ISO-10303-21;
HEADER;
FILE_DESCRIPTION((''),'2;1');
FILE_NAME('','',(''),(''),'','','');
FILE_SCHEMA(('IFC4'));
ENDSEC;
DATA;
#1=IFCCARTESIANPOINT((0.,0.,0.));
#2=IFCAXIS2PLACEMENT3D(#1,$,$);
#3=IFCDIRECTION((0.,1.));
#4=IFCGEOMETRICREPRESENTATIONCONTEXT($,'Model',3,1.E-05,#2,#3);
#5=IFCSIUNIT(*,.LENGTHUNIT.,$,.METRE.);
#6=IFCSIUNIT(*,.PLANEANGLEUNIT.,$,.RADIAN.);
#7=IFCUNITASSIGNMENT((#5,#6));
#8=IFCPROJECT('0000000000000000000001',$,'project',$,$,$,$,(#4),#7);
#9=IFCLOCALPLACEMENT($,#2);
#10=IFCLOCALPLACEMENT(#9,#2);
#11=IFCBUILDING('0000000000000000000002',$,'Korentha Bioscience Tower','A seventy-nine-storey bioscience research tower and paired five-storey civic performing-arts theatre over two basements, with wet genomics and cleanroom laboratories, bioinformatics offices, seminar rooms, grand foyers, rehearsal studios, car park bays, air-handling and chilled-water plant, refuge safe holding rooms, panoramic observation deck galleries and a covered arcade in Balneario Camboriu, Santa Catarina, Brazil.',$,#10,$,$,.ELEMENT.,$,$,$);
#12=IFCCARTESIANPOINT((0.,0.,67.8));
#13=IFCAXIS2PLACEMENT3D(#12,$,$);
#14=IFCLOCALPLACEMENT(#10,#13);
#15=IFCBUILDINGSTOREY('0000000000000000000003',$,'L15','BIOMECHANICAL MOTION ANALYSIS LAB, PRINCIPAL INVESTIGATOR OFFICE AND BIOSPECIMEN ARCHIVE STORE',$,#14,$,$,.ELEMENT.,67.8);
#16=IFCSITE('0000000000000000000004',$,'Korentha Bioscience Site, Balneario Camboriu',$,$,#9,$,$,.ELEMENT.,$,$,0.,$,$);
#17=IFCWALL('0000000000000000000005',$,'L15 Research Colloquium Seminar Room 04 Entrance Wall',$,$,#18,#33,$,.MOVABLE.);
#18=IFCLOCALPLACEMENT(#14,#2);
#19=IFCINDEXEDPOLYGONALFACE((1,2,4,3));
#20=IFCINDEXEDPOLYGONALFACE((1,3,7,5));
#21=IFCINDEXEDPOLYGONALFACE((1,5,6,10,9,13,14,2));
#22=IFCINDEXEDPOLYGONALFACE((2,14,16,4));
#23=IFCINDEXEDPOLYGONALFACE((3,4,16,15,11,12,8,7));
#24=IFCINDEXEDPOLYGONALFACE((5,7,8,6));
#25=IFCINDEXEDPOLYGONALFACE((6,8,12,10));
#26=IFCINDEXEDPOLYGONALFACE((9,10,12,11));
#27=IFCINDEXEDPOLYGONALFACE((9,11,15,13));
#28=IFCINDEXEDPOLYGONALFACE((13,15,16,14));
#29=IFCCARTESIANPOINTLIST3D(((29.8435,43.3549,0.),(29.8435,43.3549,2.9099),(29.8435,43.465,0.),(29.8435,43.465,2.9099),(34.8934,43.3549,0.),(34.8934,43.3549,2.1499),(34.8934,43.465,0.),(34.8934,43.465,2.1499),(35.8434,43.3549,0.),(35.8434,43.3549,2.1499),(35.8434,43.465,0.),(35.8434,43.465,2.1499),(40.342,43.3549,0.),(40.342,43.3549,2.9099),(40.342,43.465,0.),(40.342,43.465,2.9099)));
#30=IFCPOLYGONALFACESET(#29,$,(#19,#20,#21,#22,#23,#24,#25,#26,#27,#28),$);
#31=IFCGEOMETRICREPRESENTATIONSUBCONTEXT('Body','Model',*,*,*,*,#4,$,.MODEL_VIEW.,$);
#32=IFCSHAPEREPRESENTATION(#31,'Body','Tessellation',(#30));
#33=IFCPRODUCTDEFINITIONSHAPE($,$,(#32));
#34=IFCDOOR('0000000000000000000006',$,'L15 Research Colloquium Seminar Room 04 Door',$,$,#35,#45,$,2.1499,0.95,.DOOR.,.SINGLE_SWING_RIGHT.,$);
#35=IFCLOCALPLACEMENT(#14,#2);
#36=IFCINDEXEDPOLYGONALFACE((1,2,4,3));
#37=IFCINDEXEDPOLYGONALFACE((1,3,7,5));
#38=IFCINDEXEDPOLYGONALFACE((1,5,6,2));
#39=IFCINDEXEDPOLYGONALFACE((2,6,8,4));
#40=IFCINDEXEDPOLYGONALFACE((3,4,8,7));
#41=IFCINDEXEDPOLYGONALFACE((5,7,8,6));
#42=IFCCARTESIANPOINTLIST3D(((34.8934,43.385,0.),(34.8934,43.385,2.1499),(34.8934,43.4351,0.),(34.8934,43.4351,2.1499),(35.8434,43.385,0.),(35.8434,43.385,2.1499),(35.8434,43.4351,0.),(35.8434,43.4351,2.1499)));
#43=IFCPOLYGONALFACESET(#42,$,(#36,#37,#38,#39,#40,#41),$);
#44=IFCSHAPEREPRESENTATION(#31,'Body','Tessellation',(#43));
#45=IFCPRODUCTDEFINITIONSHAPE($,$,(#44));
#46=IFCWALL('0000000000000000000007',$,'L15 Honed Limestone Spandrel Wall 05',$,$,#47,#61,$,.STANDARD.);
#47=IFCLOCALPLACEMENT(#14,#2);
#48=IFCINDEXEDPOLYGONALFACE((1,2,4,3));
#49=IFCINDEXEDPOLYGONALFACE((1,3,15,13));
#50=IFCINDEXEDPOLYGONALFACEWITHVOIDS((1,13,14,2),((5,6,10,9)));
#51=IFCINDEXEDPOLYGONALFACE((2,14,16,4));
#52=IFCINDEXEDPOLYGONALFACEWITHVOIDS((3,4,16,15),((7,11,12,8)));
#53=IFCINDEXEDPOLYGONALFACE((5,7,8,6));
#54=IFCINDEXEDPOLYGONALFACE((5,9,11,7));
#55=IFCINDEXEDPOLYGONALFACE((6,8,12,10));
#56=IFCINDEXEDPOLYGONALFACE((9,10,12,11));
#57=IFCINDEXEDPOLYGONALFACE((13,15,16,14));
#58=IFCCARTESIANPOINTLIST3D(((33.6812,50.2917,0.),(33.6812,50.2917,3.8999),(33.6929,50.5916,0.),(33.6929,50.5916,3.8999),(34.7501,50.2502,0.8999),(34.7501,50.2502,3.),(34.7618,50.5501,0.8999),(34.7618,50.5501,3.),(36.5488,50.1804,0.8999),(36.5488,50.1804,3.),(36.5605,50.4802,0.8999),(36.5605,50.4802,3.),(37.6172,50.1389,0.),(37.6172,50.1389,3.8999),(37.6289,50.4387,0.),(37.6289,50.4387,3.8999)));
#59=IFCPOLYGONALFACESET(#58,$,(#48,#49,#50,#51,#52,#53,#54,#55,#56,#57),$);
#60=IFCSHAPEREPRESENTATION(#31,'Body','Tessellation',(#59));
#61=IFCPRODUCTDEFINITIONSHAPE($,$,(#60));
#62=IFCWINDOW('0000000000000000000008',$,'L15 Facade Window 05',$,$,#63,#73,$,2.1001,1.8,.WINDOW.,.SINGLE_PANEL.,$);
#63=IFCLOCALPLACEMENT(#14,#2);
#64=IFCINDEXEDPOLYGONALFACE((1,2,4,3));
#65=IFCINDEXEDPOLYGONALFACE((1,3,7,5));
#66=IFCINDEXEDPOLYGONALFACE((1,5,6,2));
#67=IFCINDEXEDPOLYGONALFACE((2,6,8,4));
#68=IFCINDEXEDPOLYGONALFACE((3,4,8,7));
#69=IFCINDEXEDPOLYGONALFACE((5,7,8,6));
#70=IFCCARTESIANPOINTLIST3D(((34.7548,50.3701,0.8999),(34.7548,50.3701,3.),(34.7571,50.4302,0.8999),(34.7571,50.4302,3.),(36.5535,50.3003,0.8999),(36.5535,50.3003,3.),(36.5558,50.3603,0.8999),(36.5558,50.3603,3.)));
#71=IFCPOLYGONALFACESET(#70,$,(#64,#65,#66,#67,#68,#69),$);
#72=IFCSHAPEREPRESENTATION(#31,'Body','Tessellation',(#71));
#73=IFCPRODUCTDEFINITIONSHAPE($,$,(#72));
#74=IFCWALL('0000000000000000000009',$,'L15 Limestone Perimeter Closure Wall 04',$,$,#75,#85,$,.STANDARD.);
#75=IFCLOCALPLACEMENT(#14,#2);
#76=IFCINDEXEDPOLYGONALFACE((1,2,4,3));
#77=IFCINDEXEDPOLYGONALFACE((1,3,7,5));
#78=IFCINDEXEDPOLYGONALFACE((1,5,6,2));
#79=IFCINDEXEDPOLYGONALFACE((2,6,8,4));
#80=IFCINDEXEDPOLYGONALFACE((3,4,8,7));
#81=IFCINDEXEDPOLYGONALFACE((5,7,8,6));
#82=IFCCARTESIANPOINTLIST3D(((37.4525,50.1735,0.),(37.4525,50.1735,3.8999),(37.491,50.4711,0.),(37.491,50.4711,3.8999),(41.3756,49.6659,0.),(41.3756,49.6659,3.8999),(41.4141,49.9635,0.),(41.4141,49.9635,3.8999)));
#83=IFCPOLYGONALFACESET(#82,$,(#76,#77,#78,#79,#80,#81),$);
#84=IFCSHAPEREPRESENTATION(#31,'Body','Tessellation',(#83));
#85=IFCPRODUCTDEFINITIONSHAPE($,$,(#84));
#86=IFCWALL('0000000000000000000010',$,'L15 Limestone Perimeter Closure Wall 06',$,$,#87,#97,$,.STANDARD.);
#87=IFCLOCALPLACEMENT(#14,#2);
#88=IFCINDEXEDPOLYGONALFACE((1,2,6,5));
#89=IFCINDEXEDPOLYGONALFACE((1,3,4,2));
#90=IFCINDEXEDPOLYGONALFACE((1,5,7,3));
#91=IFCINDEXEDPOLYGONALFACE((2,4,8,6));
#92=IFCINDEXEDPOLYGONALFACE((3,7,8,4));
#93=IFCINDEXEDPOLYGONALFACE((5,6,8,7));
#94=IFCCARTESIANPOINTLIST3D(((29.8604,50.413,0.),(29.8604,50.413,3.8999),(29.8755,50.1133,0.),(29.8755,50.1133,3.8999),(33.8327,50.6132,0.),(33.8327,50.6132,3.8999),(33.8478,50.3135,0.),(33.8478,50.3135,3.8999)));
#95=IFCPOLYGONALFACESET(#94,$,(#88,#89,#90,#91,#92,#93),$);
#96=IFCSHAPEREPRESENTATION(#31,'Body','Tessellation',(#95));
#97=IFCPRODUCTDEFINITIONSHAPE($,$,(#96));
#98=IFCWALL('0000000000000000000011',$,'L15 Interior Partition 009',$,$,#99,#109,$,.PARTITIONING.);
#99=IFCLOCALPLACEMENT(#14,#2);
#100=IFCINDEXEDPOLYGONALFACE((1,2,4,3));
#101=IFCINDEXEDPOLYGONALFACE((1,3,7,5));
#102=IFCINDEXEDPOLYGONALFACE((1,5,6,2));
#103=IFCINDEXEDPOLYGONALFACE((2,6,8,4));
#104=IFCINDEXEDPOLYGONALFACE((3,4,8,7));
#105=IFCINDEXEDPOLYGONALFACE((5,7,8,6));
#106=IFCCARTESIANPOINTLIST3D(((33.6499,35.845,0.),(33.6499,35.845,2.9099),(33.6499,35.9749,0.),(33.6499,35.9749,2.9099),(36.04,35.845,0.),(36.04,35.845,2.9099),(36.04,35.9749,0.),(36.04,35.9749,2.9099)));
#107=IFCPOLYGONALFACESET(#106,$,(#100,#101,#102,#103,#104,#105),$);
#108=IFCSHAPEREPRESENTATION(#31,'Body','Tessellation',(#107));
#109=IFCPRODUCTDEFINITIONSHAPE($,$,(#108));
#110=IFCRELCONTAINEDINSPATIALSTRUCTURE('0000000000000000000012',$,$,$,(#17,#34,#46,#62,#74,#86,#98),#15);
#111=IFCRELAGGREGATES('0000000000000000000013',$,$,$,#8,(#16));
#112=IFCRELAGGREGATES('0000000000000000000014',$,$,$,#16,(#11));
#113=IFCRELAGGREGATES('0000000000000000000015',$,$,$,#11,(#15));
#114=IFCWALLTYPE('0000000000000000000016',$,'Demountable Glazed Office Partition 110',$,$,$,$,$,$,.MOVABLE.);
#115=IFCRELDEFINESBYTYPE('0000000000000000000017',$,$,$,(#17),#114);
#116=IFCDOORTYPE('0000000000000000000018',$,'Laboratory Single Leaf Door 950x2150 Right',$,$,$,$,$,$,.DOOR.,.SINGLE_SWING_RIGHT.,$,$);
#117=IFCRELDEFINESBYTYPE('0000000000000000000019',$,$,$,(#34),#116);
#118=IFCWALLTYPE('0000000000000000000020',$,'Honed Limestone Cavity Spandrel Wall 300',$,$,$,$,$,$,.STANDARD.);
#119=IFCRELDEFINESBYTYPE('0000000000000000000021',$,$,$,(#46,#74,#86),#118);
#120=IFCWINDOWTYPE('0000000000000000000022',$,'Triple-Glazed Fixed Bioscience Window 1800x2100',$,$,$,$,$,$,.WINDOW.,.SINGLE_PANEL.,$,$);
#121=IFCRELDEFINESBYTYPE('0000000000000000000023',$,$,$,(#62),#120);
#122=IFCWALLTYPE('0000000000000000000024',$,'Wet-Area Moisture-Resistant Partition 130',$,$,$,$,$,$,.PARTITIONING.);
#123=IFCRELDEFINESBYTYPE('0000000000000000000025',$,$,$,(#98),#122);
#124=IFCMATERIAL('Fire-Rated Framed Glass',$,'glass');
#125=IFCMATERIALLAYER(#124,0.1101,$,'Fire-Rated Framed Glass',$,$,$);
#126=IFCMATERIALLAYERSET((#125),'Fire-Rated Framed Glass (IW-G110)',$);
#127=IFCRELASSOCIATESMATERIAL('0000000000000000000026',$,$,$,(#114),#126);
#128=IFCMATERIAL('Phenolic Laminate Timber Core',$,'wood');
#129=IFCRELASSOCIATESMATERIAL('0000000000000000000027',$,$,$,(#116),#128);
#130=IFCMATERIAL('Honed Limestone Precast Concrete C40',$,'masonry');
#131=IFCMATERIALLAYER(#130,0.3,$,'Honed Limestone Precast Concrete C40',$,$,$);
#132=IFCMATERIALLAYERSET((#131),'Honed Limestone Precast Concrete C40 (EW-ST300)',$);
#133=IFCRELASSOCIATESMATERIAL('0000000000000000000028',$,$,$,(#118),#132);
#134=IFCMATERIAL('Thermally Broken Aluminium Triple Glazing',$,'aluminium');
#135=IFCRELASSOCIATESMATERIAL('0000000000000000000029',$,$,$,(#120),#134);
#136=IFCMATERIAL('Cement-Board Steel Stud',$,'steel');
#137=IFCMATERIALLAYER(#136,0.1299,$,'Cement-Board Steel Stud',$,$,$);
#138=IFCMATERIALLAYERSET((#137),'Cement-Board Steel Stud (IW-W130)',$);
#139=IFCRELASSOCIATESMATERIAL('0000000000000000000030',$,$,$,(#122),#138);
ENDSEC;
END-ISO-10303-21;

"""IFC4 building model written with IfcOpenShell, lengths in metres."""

from ifc_helpers import new_model, si_unit, direction, frame, frame_2d, origin, place, context, subcontext, project, spatial, rectangle, extrude, material, layer, layer_set, type_object, element, fill, save


model = new_model("IFC4")

# Units and contexts
model_context = context("Model", 3, precision=1e-05, world=origin(), true_north=direction((0.0, 1.0)))
body_context = subcontext(model_context, "Body", "Model", "MODEL_VIEW")
ifc_project = project(units=[si_unit("LENGTHUNIT", "METRE"), si_unit("PLANEANGLEUNIT", "RADIAN")], contexts=[model_context])

# Site, building, storey
site_placement = place(None, origin())
site = spatial("IfcSite", under=ifc_project, at=site_placement, Name="Korentha Bioscience Site, Balneario Camboriu", CompositionType="ELEMENT", RefElevation=0.0)
building_placement = place(site_placement, origin())
building = spatial("IfcBuilding", under=site, at=building_placement, Name="Korentha Bioscience Tower", Description="A seventy-nine-storey bioscience research tower and paired five-storey civic performing-arts theatre over two basements, with wet genomics and cleanroom laboratories, bioinformatics offices, seminar rooms, grand foyers, rehearsal studios, car park bays, air-handling and chilled-water plant, refuge safe holding rooms, panoramic observation deck galleries and a covered arcade in Balneario Camboriu, Santa Catarina, Brazil.", CompositionType="ELEMENT")
storey_placement = place(building_placement, frame((0.0, 0.0, 67.8)))
storey = spatial("IfcBuildingStorey", under=building, at=storey_placement, Name="L15", Description="BIOMECHANICAL MOTION ANALYSIS LAB, PRINCIPAL INVESTIGATOR OFFICE AND BIOSPECIMEN ARCHIVE STORE", CompositionType="ELEMENT", Elevation=67.8)

# Wall, opening, door
ifc_material_1 = material(Name="Fire-Rated Framed Glass", Category="glass")
ifc_layer_1 = layer(ifc_material_1, 0.1101, Name="Fire-Rated Framed Glass")
ifc_layer_set_1 = layer_set([ifc_layer_1], Name="Fire-Rated Framed Glass (IW-G110)")
wall_type_1 = type_object("IfcWallType", Name="Demountable Glazed Office Partition 110", PredefinedType="MOVABLE", material=ifc_layer_set_1)
wall_1_placement = place(storey_placement, frame((40.342, 43.4099, 0.0), z_axis=(0.0, 0.0, 1.0), x_axis=(-1.0, 0.0, 0.0)))
wall_1 = element("IfcWall", 1, at=wall_1_placement, inside=storey, type_object=wall_type_1, Name="L15 Research Colloquium Seminar Room 04 Entrance Wall", PredefinedType="MOVABLE", context=body_context, shape_type="SweptSolid", body=[
    extrude(rectangle(XDim=10.4985, YDim=0.1101, at=frame_2d((5.2493, 0.0))), origin(), (0.0, 0.0, 1.0), 2.9099),
])
opening_1_placement = place(wall_1_placement, frame((4.4985, 0.0, 0.0)))
opening_1 = element("IfcOpeningElement", 2, at=opening_1_placement, cuts=wall_1, PredefinedType="OPENING", context=body_context, shape_type="SweptSolid", body=[
    extrude(rectangle(XDim=0.95, YDim=2.1499, at=frame_2d((0.4751, 1.075))), frame((0.0, 0.0698, 0.0), z_axis=(0.0, -1.0, 0.0), x_axis=(1.0, 0.0, 0.0)), (0.0, 0.0, 1.0), 0.1399),
])
ifc_material_2 = material(Name="Phenolic Laminate Timber Core", Category="wood")
door_type_1 = type_object("IfcDoorType", Name="Laboratory Single Leaf Door 950x2150 Right", OperationType="SINGLE_SWING_RIGHT", PredefinedType="DOOR", material=ifc_material_2)
door_1_placement = place(opening_1_placement, origin())
door_1 = element("IfcDoor", 3, at=door_1_placement, inside=storey, type_object=door_type_1, Name="L15 Research Colloquium Seminar Room 04 Door", OperationType="SINGLE_SWING_RIGHT", OverallHeight=2.1499, OverallWidth=0.95, PredefinedType="DOOR", context=body_context, shape_type="SweptSolid", body=[
    extrude(rectangle(XDim=0.95, YDim=2.1499, at=frame_2d((0.4751, 1.075))), frame((0.0, 0.0249, 0.0), z_axis=(0.0, -1.0, 0.0), x_axis=(1.0, 0.0, 0.0)), (0.0, 0.0, 1.0), 0.05),
])
fill(opening_1, door_1)

# Wall, opening, window
ifc_material_3 = material(Name="Honed Limestone Precast Concrete C40", Category="masonry")
ifc_layer_2 = layer(ifc_material_3, 0.3, Name="Honed Limestone Precast Concrete C40")
ifc_layer_set_2 = layer_set([ifc_layer_2], Name="Honed Limestone Precast Concrete C40 (EW-ST300)")
wall_type_2 = type_object("IfcWallType", Name="Honed Limestone Cavity Spandrel Wall 300", PredefinedType="STANDARD", material=ifc_layer_set_2)
wall_2_placement = place(storey_placement, frame((37.623, 50.2888, 0.0), z_axis=(0.0, 0.0, 1.0), x_axis=(-0.999247, 0.0388, 0.0)))
wall_2 = element("IfcWall", 4, at=wall_2_placement, inside=storey, type_object=wall_type_2, Name="L15 Honed Limestone Spandrel Wall 05", PredefinedType="STANDARD", context=body_context, shape_type="SweptSolid", body=[
    extrude(rectangle(XDim=3.939, YDim=0.3, at=frame_2d((1.9695, 0.0))), origin(), (0.0, 0.0, 1.0), 3.8999),
])
opening_2_placement = place(wall_2_placement, frame((1.0693, 0.0, 0.8999)))
opening_2 = element("IfcOpeningElement", 5, at=opening_2_placement, cuts=wall_2, PredefinedType="OPENING", context=body_context, shape_type="SweptSolid", body=[
    extrude(rectangle(XDim=1.8, YDim=2.1001, at=frame_2d((0.8999, 1.05))), frame((0.0, 0.165, 0.0), z_axis=(0.0, -1.0, 0.0), x_axis=(1.0, 0.0, 0.0)), (0.0, 0.0, 1.0), 0.3298),
])
ifc_material_4 = material(Name="Thermally Broken Aluminium Triple Glazing", Category="aluminium")
window_type = type_object("IfcWindowType", Name="Triple-Glazed Fixed Bioscience Window 1800x2100", PartitioningType="SINGLE_PANEL", PredefinedType="WINDOW", material=ifc_material_4)
window_placement = place(opening_2_placement, origin())
window = element("IfcWindow", 6, at=window_placement, inside=storey, type_object=window_type, Name="L15 Facade Window 05", OverallHeight=2.1001, OverallWidth=1.8, PartitioningType="SINGLE_PANEL", PredefinedType="WINDOW", context=body_context, shape_type="SweptSolid", body=[
    extrude(rectangle(XDim=1.8, YDim=2.1001, at=frame_2d((0.8999, 1.05))), frame((0.0, 0.03, 0.0), z_axis=(0.0, -1.0, 0.0), x_axis=(1.0, 0.0, 0.0)), (0.0, 0.0, 1.0), 0.0601),
])
fill(opening_2, window)

# Walls
wall_3_placement = place(storey_placement, frame((41.395, 49.8147, 0.0), z_axis=(0.0, 0.0, 1.0), x_axis=(-0.991734, 0.12831, 0.0)))
element("IfcWall", 7, at=wall_3_placement, inside=storey, type_object=wall_type_2, Name="L15 Limestone Perimeter Closure Wall 04", PredefinedType="STANDARD", context=body_context, shape_type="SweptSolid", body=[
    extrude(rectangle(XDim=3.9558, YDim=0.3, at=frame_2d((1.978, 0.0))), origin(), (0.0, 0.0, 1.0), 3.8999),
])
wall_4_placement = place(storey_placement, frame((33.8403, 50.4634, 0.0), z_axis=(0.0, 0.0, 1.0), x_axis=(-0.998732, -0.050336, 0.0)))
element("IfcWall", 8, at=wall_4_placement, inside=storey, type_object=wall_type_2, Name="L15 Limestone Perimeter Closure Wall 06", PredefinedType="STANDARD", context=body_context, shape_type="SweptSolid", body=[
    extrude(rectangle(XDim=3.9773, YDim=0.3, at=frame_2d((1.9888, 0.0))), origin(), (0.0, 0.0, 1.0), 3.8999),
])

# Shared definitions
ifc_material_5 = material(Name="Cement-Board Steel Stud", Category="steel")
ifc_layer_3 = layer(ifc_material_5, 0.1299, Name="Cement-Board Steel Stud")
ifc_layer_set_3 = layer_set([ifc_layer_3], Name="Cement-Board Steel Stud (IW-W130)")
wall_type_3 = type_object("IfcWallType", Name="Wet-Area Moisture-Resistant Partition 130", PredefinedType="PARTITIONING", material=ifc_layer_set_3)

# Wall
wall_5_placement = place(storey_placement, frame((36.04, 35.9099, 0.0), z_axis=(0.0, 0.0, 1.0), x_axis=(-1.0, 0.0, 0.0)))
element("IfcWall", 9, at=wall_5_placement, inside=storey, type_object=wall_type_3, Name="L15 Interior Partition 009", PredefinedType="PARTITIONING", context=body_context, shape_type="SweptSolid", body=[
    extrude(rectangle(XDim=2.3901, YDim=0.1299, at=frame_2d((1.1951, 0.0))), origin(), (0.0, 0.0, 1.0), 2.9099),
])

save(model, "model.ifc")
